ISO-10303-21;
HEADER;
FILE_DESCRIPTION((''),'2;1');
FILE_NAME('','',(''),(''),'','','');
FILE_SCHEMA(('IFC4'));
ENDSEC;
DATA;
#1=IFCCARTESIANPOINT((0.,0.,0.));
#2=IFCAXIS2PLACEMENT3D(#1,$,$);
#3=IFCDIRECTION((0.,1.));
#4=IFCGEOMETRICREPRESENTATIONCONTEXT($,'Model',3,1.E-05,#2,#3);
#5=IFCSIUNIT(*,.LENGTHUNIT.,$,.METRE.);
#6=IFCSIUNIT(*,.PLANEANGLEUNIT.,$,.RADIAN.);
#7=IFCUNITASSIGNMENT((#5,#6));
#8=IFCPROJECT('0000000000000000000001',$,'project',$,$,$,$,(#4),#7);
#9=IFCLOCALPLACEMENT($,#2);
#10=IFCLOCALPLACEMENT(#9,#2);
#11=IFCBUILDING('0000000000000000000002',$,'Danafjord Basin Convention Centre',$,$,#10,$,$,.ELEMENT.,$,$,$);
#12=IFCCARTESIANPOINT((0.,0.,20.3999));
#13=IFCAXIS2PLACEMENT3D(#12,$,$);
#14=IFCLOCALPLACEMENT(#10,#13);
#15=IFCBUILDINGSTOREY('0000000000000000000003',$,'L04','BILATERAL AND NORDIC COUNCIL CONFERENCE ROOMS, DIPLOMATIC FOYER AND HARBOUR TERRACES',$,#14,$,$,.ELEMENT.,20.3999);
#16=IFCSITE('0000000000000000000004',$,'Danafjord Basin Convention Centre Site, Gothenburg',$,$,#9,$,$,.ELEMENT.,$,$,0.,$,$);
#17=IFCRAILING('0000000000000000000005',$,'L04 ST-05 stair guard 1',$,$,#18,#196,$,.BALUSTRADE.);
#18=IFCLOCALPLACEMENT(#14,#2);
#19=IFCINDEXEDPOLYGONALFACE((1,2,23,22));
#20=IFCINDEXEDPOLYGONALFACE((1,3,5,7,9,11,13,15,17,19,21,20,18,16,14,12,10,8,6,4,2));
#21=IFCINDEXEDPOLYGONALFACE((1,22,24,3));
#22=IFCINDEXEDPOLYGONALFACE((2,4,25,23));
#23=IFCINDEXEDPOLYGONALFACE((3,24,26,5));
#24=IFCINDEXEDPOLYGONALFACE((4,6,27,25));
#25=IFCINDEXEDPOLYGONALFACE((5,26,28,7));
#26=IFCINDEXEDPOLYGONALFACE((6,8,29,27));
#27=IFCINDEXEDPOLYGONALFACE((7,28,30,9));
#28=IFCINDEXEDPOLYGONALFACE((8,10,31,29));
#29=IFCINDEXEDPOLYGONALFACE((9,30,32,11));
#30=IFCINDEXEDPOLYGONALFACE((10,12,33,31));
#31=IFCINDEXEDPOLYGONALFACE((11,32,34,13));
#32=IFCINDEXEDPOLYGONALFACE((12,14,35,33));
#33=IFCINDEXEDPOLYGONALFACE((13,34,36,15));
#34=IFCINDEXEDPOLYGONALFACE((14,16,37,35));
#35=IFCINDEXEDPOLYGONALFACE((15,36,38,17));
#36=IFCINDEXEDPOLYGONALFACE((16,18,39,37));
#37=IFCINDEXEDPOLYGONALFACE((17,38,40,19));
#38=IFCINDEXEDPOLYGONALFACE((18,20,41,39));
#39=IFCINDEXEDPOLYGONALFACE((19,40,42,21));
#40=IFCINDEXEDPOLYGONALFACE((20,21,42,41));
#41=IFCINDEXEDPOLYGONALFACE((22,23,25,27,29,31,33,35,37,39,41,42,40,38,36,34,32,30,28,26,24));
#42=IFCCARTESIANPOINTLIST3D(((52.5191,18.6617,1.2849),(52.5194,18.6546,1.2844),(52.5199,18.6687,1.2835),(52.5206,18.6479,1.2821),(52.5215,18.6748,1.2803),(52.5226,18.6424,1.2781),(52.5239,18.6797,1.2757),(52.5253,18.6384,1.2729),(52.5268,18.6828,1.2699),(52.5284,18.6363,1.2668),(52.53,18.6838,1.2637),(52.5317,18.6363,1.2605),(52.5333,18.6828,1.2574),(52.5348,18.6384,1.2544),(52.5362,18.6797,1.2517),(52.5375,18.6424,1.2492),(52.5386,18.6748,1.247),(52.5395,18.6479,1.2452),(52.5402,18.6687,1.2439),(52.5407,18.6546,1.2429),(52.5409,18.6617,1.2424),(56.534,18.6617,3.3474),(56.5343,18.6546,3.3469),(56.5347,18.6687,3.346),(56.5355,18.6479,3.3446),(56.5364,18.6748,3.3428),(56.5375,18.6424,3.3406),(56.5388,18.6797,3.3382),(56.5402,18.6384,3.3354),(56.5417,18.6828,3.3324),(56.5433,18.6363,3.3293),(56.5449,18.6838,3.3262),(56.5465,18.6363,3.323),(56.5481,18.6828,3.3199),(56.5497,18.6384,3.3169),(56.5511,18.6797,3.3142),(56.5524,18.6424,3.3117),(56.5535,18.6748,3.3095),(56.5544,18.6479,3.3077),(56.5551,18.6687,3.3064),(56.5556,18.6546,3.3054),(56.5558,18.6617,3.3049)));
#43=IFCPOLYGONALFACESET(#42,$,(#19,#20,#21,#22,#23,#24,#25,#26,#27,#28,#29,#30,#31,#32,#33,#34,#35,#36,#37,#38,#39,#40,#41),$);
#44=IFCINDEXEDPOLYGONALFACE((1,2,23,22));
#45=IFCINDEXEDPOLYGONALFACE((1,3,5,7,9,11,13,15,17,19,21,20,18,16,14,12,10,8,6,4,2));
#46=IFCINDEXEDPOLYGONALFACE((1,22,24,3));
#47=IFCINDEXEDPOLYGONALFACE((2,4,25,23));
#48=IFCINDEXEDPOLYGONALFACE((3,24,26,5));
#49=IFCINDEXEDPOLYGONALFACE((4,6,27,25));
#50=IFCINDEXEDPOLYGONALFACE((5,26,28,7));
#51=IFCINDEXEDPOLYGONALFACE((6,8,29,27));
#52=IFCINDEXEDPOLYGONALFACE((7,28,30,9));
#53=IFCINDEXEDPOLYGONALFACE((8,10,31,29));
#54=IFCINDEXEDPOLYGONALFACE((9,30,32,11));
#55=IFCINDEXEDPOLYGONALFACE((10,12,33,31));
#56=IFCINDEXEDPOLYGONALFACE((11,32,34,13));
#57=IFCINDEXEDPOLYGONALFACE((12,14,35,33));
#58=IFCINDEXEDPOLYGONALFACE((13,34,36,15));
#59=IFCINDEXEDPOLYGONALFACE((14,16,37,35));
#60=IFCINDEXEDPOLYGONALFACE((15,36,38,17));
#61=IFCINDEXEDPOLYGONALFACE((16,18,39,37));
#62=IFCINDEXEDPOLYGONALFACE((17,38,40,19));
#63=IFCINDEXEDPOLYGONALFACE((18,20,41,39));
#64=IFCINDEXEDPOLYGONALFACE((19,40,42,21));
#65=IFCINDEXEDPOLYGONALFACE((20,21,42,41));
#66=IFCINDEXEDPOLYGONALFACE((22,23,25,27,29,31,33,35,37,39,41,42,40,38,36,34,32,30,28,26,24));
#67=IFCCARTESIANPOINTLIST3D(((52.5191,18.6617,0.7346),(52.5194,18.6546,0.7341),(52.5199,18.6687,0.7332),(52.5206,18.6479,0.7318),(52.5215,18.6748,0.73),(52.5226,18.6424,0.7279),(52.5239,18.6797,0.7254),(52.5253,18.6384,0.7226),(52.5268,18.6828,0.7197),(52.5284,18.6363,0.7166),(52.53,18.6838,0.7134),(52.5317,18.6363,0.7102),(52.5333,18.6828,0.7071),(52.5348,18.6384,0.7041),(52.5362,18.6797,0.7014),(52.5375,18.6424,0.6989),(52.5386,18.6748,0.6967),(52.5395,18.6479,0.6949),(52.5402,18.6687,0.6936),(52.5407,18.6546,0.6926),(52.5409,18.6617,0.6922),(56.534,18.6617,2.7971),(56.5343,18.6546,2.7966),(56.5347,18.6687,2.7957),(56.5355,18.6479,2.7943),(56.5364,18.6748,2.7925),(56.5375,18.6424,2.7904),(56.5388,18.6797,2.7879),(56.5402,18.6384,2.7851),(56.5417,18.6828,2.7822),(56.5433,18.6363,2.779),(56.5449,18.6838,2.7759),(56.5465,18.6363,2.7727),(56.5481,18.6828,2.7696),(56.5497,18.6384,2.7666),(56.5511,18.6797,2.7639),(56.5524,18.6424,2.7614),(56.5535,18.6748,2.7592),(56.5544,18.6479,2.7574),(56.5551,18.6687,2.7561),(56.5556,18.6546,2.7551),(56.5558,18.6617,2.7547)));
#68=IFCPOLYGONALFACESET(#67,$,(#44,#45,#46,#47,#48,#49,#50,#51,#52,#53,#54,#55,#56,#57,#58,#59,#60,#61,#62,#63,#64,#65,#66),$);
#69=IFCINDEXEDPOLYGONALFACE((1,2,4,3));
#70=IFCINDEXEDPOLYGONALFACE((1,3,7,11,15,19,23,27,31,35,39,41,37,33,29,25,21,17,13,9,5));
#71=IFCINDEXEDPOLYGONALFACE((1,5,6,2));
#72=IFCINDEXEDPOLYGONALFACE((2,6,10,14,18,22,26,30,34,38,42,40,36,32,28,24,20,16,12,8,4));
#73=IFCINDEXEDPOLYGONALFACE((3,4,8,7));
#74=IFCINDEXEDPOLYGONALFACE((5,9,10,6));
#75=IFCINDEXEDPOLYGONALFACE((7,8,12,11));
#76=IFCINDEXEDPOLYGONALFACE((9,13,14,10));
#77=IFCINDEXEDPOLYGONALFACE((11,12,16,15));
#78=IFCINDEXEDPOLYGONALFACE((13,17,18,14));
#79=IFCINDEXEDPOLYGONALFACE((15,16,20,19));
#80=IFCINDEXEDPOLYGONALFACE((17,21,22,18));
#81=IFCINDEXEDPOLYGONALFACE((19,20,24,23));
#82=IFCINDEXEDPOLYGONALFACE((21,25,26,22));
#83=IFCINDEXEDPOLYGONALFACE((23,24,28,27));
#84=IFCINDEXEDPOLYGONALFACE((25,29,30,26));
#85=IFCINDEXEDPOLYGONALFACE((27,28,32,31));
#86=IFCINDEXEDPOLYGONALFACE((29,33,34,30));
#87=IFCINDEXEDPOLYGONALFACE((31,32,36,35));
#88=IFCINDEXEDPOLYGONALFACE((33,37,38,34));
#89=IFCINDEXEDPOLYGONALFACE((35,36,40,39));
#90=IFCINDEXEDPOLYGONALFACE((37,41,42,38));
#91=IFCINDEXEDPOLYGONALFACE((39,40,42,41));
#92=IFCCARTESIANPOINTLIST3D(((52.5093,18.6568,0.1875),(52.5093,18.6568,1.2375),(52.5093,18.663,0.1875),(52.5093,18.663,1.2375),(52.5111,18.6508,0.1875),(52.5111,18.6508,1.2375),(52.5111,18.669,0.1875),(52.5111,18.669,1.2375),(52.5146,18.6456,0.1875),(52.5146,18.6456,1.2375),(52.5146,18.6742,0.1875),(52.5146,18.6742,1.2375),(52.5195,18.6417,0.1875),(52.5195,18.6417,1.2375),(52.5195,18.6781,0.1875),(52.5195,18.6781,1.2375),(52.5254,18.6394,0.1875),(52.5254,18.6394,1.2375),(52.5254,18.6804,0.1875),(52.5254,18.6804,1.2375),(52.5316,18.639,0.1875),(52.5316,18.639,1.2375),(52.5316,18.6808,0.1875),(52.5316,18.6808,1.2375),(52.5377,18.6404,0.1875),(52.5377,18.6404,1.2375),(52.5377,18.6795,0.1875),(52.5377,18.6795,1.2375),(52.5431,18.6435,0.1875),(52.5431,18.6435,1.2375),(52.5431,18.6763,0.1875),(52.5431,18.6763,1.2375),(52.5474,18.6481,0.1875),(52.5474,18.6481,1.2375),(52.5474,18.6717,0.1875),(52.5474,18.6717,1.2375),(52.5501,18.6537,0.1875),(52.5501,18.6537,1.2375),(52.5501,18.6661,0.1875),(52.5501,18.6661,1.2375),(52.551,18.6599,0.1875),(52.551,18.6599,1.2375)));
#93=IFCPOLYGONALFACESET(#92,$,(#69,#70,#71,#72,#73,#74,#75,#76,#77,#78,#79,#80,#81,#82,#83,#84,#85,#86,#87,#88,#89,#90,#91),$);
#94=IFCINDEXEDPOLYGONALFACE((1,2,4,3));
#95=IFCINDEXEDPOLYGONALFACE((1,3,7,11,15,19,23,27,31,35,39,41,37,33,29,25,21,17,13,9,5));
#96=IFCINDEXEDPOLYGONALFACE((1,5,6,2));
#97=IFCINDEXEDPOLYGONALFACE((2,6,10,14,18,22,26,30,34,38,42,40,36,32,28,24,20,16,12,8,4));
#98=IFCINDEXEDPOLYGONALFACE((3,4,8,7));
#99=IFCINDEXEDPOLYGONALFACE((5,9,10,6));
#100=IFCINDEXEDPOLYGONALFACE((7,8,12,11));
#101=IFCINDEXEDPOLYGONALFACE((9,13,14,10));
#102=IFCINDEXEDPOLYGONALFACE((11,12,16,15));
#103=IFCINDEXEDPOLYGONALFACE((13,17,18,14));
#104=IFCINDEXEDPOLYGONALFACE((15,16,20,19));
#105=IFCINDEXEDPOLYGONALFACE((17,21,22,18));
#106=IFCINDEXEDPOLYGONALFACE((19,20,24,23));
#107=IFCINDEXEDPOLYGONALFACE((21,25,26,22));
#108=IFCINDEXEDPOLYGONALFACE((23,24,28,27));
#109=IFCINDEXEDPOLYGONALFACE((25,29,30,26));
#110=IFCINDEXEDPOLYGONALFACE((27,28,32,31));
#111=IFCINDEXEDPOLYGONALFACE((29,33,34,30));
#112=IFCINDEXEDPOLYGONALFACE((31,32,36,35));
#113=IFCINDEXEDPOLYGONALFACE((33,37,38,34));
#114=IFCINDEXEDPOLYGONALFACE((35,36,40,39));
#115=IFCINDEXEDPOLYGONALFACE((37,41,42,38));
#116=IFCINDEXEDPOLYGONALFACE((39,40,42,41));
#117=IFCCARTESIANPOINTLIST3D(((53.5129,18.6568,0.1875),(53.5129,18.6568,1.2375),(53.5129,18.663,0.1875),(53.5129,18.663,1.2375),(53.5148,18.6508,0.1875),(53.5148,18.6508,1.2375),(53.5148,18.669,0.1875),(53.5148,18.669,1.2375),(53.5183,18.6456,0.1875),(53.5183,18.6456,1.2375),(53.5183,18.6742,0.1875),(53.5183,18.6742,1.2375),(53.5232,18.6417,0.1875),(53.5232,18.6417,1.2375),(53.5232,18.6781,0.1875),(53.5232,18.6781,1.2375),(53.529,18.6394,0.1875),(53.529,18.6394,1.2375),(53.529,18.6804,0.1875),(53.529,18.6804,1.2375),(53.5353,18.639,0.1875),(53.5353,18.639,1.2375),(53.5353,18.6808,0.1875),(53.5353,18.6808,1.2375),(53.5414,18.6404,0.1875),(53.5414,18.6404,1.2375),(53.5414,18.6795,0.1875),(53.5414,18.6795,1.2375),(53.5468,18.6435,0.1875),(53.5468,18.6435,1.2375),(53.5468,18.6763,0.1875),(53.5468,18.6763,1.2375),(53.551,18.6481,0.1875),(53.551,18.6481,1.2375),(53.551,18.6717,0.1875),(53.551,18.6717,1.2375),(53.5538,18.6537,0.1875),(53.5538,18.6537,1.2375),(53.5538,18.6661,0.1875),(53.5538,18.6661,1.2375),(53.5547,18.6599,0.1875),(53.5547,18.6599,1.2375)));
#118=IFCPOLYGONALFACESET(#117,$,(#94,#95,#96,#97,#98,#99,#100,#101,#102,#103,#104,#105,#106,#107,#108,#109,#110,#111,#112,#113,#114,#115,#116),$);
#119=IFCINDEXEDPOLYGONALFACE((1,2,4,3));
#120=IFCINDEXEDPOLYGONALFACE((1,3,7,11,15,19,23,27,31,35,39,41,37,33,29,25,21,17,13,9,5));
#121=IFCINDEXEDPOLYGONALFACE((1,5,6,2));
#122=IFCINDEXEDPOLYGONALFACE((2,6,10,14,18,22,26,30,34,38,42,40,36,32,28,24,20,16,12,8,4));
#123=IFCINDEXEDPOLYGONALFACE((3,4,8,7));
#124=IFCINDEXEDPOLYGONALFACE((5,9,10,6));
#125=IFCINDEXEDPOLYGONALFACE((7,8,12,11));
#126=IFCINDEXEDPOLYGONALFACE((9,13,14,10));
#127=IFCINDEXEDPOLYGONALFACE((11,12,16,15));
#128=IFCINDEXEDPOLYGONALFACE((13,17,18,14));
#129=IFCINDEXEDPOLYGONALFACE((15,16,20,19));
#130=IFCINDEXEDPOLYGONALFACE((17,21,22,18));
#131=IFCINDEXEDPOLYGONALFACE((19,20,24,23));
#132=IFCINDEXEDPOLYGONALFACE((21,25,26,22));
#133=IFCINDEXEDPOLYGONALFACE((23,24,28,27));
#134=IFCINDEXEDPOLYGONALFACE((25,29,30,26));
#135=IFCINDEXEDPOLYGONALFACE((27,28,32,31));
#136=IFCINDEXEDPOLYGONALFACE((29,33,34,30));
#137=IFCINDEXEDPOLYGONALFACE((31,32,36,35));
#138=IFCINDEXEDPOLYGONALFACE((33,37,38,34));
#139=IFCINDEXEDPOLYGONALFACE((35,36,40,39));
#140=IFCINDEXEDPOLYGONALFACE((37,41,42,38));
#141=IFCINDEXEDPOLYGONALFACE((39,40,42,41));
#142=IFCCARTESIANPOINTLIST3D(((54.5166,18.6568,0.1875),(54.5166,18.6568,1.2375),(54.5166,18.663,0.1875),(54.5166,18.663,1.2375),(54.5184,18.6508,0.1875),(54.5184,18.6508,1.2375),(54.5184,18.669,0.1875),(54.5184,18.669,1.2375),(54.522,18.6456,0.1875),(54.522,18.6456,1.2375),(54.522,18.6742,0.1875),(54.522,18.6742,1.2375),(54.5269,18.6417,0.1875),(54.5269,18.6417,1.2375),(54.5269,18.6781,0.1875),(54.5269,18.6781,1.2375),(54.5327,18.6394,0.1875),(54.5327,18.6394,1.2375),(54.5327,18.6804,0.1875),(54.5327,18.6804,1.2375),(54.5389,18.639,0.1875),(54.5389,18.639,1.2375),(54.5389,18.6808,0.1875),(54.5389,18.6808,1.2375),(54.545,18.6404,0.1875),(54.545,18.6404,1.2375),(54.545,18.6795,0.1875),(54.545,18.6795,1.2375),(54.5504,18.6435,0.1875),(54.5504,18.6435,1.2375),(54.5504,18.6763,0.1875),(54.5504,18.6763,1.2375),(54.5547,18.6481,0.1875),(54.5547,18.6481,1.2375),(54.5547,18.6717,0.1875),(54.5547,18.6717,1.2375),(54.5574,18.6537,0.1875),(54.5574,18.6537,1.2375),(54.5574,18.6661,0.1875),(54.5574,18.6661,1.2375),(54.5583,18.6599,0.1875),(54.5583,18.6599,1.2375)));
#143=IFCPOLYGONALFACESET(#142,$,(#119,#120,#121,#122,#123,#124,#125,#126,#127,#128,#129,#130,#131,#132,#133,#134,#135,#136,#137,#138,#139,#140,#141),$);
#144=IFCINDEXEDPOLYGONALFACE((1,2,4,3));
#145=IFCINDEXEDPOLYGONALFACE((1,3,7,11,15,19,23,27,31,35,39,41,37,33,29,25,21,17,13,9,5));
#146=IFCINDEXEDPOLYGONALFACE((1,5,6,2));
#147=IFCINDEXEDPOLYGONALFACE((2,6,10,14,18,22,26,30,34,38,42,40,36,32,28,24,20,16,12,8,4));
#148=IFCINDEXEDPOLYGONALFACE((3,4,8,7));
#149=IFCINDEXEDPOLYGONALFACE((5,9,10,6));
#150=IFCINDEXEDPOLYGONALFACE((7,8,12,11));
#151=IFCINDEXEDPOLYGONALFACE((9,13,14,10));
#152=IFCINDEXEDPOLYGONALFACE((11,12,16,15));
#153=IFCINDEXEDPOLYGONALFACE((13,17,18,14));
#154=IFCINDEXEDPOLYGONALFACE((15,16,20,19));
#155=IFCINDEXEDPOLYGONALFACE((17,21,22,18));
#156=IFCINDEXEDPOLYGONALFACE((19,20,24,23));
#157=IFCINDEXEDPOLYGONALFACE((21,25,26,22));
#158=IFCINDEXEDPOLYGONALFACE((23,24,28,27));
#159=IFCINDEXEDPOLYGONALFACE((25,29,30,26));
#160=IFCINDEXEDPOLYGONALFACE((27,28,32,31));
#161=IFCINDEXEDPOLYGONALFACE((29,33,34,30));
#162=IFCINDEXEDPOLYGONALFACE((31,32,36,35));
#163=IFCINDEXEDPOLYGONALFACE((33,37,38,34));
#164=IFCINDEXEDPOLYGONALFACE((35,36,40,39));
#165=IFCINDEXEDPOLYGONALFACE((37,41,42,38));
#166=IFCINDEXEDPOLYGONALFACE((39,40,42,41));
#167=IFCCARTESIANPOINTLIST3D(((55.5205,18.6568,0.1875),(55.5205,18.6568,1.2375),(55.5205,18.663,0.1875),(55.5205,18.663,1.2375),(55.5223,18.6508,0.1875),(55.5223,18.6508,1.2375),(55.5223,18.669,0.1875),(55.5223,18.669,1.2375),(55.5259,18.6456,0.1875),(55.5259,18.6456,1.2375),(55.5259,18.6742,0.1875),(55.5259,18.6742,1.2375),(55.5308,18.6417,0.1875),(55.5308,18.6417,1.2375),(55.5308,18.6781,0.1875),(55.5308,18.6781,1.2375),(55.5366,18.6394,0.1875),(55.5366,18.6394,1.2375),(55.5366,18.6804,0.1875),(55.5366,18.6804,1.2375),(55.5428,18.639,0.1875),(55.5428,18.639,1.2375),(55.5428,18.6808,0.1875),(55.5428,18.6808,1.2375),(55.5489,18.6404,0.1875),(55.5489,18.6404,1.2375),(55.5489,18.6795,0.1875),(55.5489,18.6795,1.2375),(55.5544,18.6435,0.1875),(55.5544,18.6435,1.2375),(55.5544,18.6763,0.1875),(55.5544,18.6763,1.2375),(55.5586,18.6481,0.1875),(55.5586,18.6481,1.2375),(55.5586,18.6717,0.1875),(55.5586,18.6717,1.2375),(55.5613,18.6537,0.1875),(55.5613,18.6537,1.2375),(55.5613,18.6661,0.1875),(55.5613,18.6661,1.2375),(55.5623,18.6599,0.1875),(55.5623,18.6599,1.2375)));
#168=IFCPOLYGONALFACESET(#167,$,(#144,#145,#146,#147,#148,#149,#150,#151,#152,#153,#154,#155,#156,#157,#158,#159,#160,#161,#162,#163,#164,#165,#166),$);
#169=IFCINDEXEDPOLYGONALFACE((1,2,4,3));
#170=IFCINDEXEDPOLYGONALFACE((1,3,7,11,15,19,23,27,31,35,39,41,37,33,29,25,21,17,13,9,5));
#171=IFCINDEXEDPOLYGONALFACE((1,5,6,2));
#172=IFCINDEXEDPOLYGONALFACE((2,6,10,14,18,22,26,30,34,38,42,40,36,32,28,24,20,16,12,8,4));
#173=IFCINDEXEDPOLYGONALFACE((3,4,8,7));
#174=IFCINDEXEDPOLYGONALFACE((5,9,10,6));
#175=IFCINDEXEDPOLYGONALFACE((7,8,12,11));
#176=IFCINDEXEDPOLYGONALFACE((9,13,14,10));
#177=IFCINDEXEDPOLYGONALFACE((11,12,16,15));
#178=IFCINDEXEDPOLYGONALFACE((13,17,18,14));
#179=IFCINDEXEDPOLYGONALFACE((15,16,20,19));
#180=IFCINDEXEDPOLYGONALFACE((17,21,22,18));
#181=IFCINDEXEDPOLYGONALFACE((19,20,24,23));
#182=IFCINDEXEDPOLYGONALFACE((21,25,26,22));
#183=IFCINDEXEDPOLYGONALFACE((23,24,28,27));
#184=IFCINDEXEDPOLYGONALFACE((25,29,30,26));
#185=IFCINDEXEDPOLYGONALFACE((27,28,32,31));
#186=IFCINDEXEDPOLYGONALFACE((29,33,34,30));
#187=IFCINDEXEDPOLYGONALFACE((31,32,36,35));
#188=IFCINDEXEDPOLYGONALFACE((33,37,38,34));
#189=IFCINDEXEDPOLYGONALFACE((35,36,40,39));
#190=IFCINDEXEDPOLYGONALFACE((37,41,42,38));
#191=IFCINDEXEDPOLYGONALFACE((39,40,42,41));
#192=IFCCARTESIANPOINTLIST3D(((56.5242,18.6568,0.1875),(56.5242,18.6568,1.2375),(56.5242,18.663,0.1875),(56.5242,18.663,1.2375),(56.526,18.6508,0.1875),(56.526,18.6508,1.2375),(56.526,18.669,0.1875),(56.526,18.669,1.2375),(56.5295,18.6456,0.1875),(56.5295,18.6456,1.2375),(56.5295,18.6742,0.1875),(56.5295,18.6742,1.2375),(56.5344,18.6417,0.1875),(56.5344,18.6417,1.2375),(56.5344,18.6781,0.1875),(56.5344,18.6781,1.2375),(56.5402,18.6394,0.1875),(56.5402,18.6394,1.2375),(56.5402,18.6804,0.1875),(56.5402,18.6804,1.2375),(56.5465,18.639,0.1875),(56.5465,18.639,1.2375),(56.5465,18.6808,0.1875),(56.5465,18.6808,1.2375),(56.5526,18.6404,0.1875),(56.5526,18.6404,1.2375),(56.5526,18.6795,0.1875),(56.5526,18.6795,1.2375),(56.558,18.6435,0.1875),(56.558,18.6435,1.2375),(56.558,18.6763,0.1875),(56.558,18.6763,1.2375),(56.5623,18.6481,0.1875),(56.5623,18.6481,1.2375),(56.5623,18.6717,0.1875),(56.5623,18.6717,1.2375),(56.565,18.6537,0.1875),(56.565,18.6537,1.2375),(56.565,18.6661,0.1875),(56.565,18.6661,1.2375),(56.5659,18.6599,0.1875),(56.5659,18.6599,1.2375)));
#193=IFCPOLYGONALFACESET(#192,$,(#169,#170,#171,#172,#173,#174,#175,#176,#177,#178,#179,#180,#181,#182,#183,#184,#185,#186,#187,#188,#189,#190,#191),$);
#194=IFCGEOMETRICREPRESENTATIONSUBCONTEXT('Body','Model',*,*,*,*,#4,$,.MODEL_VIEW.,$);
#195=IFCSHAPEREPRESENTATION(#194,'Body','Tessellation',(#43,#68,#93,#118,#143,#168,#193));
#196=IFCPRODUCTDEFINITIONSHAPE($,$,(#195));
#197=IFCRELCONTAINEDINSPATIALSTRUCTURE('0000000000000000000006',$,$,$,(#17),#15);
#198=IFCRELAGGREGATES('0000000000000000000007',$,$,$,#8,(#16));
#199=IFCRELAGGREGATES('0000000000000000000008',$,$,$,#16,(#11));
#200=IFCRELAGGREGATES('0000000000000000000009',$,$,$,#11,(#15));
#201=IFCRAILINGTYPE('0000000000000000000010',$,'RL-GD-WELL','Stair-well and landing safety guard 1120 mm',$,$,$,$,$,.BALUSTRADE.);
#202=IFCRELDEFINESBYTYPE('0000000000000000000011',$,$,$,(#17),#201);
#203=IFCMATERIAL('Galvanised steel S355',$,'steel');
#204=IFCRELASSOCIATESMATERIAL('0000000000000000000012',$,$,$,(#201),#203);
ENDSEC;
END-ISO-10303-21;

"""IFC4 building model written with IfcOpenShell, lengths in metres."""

from ifc_helpers import new_model, si_unit, direction, frame, origin, origin_2d, place, context, subcontext, project, spatial, circle, extrude, material, type_object, element, save


model = new_model("IFC4")

# Units and contexts
model_context = context("Model", 3, precision=1e-05, world=origin(), true_north=direction((0.0, 1.0)))
body_context = subcontext(model_context, "Body", "Model", "MODEL_VIEW")
ifc_project = project(units=[si_unit("LENGTHUNIT", "METRE"), si_unit("PLANEANGLEUNIT", "RADIAN")], contexts=[model_context])

# Site, building, storey
site_placement = place(None, origin())
site = spatial("IfcSite", under=ifc_project, at=site_placement, Name="Danafjord Basin Convention Centre Site, Gothenburg", CompositionType="ELEMENT", RefElevation=0.0)
building_placement = place(site_placement, origin())
building = spatial("IfcBuilding", under=site, at=building_placement, Name="Danafjord Basin Convention Centre", CompositionType="ELEMENT")
storey_placement = place(building_placement, frame((0.0, 0.0, 20.3999)))
storey = spatial("IfcBuildingStorey", under=building, at=storey_placement, Name="L04", Description="BILATERAL AND NORDIC COUNCIL CONFERENCE ROOMS, DIPLOMATIC FOYER AND HARBOUR TERRACES", CompositionType="ELEMENT", Elevation=20.3999)

# Railing
ifc_material_1 = material(Name="Galvanised steel S355", Category="steel")
railing_type_1 = type_object("IfcRailingType", Name="RL-GD-WELL", Description="Stair-well and landing safety guard 1120 mm", PredefinedType="BALUSTRADE", material=ifc_material_1)
railing_1_placement = place(storey_placement, frame((52.53, 18.6599, 0.1875)))
element("IfcRailing", 1, at=railing_1_placement, inside=storey, type_object=railing_type_1, Name="L04 ST-05 stair guard 1", PredefinedType="BALUSTRADE", context=body_context, shape_type="SweptSolid", body=[
    extrude(circle(Radius=0.0239, at=origin_2d()), frame((0.0, 0.0, 1.0762), z_axis=(0.889495, 0.0, 0.456945), x_axis=(0.0, 1.0, 0.0)), (0.0, 0.0, 1.0), 4.5137),
    extrude(circle(Radius=0.0239, at=origin_2d()), frame((0.0, 0.0, 0.5259), z_axis=(0.889495, 0.0, 0.456945), x_axis=(0.0, 1.0, 0.0)), (0.0, 0.0, 1.0), 4.5137),
    extrude(circle(Radius=0.021, at=origin_2d()), origin(), (0.0, 0.0, 1.0), 1.05),
    extrude(circle(Radius=0.021, at=origin_2d()), frame((1.0037, 0.0, 0.0)), (0.0, 0.0, 1.0), 1.05),
    extrude(circle(Radius=0.021, at=origin_2d()), frame((2.0073, 0.0, 0.0)), (0.0, 0.0, 1.0), 1.05),
    extrude(circle(Radius=0.021, at=origin_2d()), frame((3.0112, 0.0, 0.0)), (0.0, 0.0, 1.0), 1.05),
    extrude(circle(Radius=0.021, at=origin_2d()), frame((4.0149, 0.0, 0.0)), (0.0, 0.0, 1.0), 1.05),
])

save(model, "model.ifc")
